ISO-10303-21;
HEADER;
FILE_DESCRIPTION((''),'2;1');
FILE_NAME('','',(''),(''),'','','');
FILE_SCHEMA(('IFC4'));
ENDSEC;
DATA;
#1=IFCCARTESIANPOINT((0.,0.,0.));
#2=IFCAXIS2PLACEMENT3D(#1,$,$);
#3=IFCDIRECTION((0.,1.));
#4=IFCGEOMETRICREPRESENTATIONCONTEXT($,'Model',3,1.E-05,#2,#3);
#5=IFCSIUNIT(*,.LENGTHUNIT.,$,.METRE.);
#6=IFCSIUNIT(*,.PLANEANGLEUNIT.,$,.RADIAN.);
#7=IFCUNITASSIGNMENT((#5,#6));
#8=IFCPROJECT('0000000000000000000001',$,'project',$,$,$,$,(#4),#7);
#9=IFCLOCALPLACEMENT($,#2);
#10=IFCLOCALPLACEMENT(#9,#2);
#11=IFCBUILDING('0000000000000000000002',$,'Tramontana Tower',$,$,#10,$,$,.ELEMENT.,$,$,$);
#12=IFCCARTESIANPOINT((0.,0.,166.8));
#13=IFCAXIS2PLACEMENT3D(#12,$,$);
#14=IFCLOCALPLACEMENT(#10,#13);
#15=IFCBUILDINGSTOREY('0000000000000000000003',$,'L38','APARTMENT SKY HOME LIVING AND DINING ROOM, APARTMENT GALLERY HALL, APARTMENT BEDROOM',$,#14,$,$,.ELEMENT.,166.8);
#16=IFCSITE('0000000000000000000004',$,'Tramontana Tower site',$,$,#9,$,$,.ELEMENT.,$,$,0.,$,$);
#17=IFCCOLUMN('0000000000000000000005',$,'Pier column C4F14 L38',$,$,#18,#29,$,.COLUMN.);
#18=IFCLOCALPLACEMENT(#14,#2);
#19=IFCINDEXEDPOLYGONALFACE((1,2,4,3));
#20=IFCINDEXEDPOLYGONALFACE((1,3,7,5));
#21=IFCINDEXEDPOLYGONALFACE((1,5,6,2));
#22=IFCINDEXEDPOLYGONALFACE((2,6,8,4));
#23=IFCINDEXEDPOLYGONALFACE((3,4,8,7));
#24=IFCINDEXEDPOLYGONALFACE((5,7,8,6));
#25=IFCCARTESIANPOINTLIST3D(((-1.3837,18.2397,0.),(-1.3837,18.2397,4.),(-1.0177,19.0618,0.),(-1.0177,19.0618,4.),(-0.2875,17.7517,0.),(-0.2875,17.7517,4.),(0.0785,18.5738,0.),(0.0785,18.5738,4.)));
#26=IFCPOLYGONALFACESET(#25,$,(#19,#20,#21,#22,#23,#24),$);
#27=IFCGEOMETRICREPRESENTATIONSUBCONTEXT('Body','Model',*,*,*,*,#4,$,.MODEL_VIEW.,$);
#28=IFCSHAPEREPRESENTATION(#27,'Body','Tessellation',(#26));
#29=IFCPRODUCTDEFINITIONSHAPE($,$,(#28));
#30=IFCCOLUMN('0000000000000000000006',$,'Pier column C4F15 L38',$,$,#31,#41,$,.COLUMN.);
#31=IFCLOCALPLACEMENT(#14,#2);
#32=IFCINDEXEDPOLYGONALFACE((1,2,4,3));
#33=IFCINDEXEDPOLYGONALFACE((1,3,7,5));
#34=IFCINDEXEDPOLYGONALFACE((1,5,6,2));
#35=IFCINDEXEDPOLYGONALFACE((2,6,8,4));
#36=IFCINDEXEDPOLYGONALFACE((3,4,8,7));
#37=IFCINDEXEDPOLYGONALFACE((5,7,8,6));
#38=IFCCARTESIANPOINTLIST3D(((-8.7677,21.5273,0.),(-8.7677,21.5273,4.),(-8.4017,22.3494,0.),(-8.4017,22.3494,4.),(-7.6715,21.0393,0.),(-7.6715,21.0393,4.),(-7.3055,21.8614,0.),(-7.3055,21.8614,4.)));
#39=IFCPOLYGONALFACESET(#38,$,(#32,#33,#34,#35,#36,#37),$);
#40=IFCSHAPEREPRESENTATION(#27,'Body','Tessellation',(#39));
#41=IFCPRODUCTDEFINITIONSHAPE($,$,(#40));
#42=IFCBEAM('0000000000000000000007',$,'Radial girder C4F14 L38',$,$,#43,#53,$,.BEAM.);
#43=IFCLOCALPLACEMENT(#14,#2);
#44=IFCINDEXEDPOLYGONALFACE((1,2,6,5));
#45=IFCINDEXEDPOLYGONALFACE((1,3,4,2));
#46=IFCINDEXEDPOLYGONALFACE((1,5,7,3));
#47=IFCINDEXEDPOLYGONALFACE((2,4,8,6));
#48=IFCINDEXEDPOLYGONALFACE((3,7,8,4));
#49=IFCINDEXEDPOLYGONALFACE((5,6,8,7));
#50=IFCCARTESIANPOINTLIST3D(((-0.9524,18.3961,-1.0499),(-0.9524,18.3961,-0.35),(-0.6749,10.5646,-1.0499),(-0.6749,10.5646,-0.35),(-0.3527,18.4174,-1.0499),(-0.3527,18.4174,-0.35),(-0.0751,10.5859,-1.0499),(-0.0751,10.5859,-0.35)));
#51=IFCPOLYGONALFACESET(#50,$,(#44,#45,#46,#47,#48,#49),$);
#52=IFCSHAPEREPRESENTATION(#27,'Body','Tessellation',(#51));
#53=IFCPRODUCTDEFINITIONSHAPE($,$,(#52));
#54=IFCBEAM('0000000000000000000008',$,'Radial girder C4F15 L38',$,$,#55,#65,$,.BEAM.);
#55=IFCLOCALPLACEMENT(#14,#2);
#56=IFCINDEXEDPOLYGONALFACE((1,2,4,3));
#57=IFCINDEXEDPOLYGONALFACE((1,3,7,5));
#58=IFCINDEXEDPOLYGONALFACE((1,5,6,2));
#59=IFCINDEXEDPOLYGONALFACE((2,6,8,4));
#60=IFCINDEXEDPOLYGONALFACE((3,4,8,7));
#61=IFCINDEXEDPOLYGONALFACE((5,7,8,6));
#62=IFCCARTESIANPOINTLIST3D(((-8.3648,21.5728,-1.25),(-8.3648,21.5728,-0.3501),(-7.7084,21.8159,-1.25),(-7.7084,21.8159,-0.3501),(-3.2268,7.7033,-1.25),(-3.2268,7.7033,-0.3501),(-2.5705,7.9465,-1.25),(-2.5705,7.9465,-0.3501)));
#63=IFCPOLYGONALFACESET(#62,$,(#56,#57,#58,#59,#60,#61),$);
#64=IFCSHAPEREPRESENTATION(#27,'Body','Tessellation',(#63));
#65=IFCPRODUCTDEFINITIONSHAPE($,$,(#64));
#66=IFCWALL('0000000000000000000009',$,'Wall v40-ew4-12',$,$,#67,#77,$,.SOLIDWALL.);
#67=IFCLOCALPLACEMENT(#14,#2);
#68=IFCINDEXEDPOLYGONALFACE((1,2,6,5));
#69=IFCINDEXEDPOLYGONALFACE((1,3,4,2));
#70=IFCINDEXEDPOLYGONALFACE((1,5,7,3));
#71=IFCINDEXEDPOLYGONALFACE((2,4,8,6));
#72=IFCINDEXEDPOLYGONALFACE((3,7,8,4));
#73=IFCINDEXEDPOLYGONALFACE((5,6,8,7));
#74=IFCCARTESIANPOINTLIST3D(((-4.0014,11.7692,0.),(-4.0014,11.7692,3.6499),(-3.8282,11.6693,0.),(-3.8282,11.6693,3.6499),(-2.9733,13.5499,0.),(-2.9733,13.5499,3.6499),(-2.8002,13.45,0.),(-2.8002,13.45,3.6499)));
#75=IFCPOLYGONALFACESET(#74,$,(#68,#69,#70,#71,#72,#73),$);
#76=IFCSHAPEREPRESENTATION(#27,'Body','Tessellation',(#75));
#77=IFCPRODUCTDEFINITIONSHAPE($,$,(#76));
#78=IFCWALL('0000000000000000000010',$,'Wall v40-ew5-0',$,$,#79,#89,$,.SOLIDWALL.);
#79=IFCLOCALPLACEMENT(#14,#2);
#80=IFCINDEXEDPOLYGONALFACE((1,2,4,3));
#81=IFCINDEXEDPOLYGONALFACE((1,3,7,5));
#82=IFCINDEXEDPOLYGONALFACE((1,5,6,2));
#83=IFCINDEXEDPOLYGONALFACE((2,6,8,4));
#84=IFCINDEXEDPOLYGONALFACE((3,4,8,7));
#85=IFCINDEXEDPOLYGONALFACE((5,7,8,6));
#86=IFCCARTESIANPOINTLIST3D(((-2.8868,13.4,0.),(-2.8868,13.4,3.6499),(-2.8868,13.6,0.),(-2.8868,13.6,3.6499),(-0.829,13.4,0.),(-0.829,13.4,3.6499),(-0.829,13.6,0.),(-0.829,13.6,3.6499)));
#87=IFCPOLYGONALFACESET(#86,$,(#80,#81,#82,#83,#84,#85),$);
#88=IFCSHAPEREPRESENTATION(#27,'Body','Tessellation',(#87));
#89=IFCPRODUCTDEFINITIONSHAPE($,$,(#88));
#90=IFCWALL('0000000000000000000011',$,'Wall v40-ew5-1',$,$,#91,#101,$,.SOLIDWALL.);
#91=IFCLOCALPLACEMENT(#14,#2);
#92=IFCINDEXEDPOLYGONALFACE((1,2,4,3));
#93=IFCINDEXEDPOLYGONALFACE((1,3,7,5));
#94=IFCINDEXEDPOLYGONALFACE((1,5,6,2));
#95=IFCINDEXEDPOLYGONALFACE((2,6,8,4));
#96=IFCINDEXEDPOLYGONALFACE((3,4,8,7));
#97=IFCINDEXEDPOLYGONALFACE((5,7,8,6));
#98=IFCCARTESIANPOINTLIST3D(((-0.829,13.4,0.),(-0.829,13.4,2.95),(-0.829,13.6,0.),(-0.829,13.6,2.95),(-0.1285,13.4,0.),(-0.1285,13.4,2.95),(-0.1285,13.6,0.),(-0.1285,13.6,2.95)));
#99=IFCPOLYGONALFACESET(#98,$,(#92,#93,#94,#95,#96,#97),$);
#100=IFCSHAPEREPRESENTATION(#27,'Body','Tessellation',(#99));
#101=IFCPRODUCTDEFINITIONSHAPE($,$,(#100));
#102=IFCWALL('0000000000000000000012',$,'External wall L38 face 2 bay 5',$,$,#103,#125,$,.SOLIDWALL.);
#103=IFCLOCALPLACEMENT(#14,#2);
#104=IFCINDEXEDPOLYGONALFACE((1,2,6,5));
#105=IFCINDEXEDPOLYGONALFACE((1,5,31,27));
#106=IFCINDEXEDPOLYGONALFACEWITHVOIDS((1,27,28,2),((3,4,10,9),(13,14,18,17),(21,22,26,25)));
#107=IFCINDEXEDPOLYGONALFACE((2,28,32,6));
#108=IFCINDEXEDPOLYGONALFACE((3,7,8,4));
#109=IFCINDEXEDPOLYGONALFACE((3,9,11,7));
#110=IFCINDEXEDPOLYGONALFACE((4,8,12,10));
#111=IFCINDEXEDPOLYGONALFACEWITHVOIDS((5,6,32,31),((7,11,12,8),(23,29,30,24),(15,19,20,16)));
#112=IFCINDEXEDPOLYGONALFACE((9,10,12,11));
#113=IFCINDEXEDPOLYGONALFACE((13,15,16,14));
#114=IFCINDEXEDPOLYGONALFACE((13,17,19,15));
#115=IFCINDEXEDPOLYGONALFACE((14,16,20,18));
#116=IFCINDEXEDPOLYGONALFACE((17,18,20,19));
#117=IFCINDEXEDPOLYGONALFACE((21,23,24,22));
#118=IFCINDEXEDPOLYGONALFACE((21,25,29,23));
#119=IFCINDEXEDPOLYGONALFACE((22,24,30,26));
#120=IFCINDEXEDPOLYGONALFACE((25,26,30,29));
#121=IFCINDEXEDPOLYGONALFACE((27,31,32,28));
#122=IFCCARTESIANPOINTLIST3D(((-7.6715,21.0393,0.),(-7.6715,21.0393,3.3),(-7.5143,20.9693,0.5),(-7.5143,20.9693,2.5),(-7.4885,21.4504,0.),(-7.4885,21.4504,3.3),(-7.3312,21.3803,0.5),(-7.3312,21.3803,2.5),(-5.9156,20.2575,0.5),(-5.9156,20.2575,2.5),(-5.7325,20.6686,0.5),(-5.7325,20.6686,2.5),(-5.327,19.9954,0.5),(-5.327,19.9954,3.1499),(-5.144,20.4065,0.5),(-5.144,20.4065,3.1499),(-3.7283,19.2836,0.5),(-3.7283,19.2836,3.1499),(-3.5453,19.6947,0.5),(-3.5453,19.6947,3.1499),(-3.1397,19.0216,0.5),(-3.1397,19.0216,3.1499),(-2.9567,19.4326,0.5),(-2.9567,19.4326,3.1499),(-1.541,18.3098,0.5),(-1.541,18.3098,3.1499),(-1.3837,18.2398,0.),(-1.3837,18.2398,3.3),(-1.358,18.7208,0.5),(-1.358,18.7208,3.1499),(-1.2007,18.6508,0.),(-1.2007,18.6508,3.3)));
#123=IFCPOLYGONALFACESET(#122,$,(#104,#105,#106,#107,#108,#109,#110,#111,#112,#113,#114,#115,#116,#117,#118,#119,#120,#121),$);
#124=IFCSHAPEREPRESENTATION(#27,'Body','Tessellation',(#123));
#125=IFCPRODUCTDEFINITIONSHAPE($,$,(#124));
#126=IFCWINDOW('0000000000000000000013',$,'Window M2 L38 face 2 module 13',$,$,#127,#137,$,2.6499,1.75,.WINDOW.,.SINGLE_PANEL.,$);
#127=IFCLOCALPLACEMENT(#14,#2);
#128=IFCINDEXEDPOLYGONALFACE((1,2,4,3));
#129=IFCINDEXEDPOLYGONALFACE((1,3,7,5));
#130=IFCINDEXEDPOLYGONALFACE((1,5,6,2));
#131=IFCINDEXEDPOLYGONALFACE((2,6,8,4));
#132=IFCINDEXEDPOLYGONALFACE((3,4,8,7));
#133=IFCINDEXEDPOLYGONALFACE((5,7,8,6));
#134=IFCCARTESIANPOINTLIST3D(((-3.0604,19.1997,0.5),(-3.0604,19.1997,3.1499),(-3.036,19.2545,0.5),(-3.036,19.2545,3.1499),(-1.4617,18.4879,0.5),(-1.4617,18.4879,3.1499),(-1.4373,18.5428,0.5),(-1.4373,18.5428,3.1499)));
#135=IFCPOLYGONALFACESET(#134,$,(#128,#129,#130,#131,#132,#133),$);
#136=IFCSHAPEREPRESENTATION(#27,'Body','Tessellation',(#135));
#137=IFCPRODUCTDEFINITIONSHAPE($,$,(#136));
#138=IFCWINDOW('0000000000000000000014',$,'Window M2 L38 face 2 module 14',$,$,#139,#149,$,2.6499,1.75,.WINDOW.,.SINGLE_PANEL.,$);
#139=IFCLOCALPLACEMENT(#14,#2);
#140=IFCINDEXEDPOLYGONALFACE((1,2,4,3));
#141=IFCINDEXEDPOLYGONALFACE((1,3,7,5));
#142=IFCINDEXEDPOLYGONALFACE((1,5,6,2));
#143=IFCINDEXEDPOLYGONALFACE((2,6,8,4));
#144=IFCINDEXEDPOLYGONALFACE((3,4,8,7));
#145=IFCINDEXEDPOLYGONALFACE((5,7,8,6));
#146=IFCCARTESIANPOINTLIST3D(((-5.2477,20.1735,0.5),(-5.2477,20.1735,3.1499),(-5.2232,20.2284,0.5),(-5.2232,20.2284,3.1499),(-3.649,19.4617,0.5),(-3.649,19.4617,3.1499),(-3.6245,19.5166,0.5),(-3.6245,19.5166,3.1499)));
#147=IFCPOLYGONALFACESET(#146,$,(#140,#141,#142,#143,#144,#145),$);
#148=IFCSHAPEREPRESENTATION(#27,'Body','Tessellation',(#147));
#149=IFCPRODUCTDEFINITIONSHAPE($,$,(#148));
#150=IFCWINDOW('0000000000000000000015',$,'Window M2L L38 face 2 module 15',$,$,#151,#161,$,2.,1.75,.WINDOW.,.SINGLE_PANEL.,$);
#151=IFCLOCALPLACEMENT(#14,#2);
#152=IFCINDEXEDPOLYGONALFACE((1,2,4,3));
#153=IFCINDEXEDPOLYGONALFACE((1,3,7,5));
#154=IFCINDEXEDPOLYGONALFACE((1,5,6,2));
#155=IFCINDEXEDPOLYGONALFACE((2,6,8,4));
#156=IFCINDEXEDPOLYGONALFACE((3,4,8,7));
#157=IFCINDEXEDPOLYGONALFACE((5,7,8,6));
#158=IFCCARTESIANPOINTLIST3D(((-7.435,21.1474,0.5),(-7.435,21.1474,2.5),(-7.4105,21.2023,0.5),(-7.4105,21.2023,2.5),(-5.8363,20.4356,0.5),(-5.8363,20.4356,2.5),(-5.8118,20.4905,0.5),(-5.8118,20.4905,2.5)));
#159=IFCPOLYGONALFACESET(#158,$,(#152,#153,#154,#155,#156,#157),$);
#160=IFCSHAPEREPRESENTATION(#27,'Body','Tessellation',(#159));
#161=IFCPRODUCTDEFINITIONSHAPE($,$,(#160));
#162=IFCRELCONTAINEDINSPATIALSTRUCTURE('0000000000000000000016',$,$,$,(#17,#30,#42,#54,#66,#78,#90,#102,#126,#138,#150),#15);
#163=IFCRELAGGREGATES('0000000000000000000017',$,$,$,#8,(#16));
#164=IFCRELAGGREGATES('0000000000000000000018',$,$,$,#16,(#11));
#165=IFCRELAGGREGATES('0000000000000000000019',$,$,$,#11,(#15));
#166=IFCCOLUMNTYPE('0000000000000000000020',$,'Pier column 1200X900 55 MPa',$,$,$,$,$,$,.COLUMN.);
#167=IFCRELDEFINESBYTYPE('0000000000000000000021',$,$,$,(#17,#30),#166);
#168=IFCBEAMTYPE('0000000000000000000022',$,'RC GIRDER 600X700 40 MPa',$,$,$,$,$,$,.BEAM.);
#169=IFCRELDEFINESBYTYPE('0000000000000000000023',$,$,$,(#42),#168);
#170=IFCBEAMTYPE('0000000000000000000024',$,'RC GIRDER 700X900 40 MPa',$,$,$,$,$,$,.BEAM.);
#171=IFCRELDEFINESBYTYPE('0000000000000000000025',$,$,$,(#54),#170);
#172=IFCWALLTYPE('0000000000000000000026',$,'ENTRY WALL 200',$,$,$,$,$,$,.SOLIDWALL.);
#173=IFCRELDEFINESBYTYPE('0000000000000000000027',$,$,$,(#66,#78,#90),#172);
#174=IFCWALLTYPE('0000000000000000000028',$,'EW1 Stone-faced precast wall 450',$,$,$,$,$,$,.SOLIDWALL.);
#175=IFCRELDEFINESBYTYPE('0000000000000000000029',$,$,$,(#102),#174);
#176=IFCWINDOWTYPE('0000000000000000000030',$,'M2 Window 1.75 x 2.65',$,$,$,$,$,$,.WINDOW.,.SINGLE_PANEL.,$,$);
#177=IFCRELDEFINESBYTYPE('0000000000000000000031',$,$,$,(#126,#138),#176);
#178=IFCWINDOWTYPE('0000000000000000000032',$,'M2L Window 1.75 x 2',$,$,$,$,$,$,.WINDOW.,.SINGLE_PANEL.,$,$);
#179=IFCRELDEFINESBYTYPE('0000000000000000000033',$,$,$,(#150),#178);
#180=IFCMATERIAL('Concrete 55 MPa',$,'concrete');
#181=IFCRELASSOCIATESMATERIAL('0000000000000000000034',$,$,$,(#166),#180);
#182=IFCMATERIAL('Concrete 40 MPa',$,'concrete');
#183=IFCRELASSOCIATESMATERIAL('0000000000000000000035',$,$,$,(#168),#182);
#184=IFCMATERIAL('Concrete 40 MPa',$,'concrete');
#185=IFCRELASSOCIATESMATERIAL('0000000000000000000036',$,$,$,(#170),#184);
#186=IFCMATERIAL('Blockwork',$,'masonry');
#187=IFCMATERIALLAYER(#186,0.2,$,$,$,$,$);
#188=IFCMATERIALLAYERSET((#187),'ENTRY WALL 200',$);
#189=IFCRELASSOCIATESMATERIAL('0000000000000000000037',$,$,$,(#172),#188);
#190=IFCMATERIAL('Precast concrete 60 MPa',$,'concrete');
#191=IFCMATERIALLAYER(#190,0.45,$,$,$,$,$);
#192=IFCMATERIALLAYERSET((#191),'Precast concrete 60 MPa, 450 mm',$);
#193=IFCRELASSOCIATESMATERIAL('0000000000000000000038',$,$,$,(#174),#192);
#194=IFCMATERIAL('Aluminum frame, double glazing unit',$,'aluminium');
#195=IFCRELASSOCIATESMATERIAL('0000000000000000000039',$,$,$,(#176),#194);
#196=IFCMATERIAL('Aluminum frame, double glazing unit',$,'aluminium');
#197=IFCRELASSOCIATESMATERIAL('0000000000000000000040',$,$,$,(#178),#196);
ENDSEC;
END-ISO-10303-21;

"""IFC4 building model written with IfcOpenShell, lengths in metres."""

from ifc_helpers import new_model, si_unit, direction, frame, frame_2d, origin, origin_2d, place, context, subcontext, project, spatial, rectangle, extrude, material, layer, layer_set, material_profile, profile_set, type_object, element, fill, save


model = new_model("IFC4")

# Units and contexts
model_context = context("Model", 3, precision=1e-05, world=origin(), true_north=direction((0.0, 1.0)))
body_context = subcontext(model_context, "Body", "Model", "MODEL_VIEW")
ifc_project = project(units=[si_unit("LENGTHUNIT", "METRE"), si_unit("PLANEANGLEUNIT", "RADIAN")], contexts=[model_context])

# Site, building, storey
site_placement = place(None, origin())
site = spatial("IfcSite", under=ifc_project, at=site_placement, Name="Tramontana Tower site", CompositionType="ELEMENT", RefElevation=0.0)
building_placement = place(site_placement, origin())
building = spatial("IfcBuilding", under=site, at=building_placement, Name="Tramontana Tower", CompositionType="ELEMENT")
storey_placement = place(building_placement, frame((0.0, 0.0, 166.8)))
storey = spatial("IfcBuildingStorey", under=building, at=storey_placement, Name="L38", Description="APARTMENT SKY HOME LIVING AND DINING ROOM, APARTMENT GALLERY HALL, APARTMENT BEDROOM", CompositionType="ELEMENT", Elevation=166.8)

# Columns
ifc_material_1 = material(Name="Concrete 55 MPa", Category="concrete")
ifc_material_profile_1 = material_profile(ifc_material_1, rectangle(XDim=1.2, YDim=0.8999, at=origin_2d()), Name="Pier column 1200X900 55 MPa")
ifc_profile_set_1 = profile_set([ifc_material_profile_1], Name="Concrete 55 MPa")
column_type = type_object("IfcColumnType", Name="Pier column 1200X900 55 MPa", PredefinedType="COLUMN", material=ifc_profile_set_1)
for number, where, z_axis, x_axis, name in (
    (1, (-0.6526, 18.4067, 0.0), (0.0, 0.0, 1.0), (-0.913545, 0.406737, 0.0), "Pier column C4F14 L38"),
    (2, (-8.0366, 21.6943, 0.0), (0.0, 0.0, 1.0), (-0.913545, 0.406737, 0.0), "Pier column C4F15 L38"),
):
    element("IfcColumn", number, at=place(storey_placement, frame(where, z_axis=z_axis, x_axis=x_axis)), inside=storey, type_object=column_type, Name=name, PredefinedType="COLUMN", context=body_context, shape_type="SweptSolid", body=[
        extrude(rectangle(XDim=1.2, YDim=0.8999, at=origin_2d()), origin(), (0.0, 0.0, 1.0), 4.0),
    ])

# Beams
ifc_material_2 = material(Name="Concrete 40 MPa", Category="concrete")
ifc_material_profile_2 = material_profile(ifc_material_2, rectangle(XDim=0.6001, YDim=0.7, at=origin_2d()), Name="RC GIRDER 600X700 40 MPa")
ifc_profile_set_2 = profile_set([ifc_material_profile_2], Name="Concrete 40 MPa")
beam_type_1 = type_object("IfcBeamType", Name="RC GIRDER 600X700 40 MPa", PredefinedType="BEAM", material=ifc_profile_set_2)
beam_1_placement = place(storey_placement, frame((-0.6526, 18.4067, -0.7), z_axis=(0.035423, -0.999372, 0.0), x_axis=(0.999372, 0.035423, 0.0)))
element("IfcBeam", 3, at=beam_1_placement, inside=storey, type_object=beam_type_1, Name="Radial girder C4F14 L38", PredefinedType="BEAM", context=body_context, shape_type="SweptSolid", body=[
    extrude(rectangle(XDim=0.6001, YDim=0.7, at=origin_2d()), origin(), (0.0, 0.0, 1.0), 7.8364),
])
ifc_material_3 = material(Name="Concrete 40 MPa", Category="concrete")
ifc_material_profile_3 = material_profile(ifc_material_3, rectangle(XDim=0.7, YDim=0.8999, at=origin_2d()), Name="RC GIRDER 700X900 40 MPa")
ifc_profile_set_3 = profile_set([ifc_material_profile_3], Name="Concrete 40 MPa")
beam_type_2 = type_object("IfcBeamType", Name="RC GIRDER 700X900 40 MPa", PredefinedType="BEAM", material=ifc_profile_set_3)
beam_2_placement = place(storey_placement, frame((-8.0366, 21.6943, -0.8), z_axis=(0.347382, -0.937724, 0.0), x_axis=(0.937724, 0.347382, 0.0)))
element("IfcBeam", 4, at=beam_2_placement, inside=storey, type_object=beam_type_2, Name="Radial girder C4F15 L38", PredefinedType="BEAM", context=body_context, shape_type="SweptSolid", body=[
    extrude(rectangle(XDim=0.7, YDim=0.8999, at=origin_2d()), origin(), (0.0, 0.0, 1.0), 14.7905),
])

# Walls
ifc_material_4 = material(Name="Blockwork", Category="masonry")
ifc_layer_1 = layer(ifc_material_4, 0.2)
ifc_layer_set_1 = layer_set([ifc_layer_1], Name="ENTRY WALL 200")
wall_type_1 = type_object("IfcWallType", Name="ENTRY WALL 200", PredefinedType="SOLIDWALL", material=ifc_layer_set_1)
wall_1_placement = place(storey_placement, frame((-3.9148, 11.7192, 0.0), z_axis=(0.0, 0.0, 1.0), x_axis=(0.499983, 0.866035, 0.0)))
element("IfcWall", 5, at=wall_1_placement, inside=storey, type_object=wall_type_1, Name="Wall v40-ew4-12", PredefinedType="SOLIDWALL", context=body_context, shape_type="SweptSolid", body=[
    extrude(rectangle(XDim=2.0562, YDim=0.2, at=frame_2d((1.0281, 0.0))), origin(), (0.0, 0.0, 1.0), 3.6499),
])
wall_2_placement = place(storey_placement, frame((-2.8867, 13.5, 0.0), z_axis=(0.0, 0.0, 1.0), x_axis=(1.0, 0.0, 0.0)))
element("IfcWall", 6, at=wall_2_placement, inside=storey, type_object=wall_type_1, Name="Wall v40-ew5-0", PredefinedType="SOLIDWALL", context=body_context, shape_type="SweptSolid", body=[
    extrude(rectangle(XDim=2.0579, YDim=0.2, at=frame_2d((1.0288, 0.0))), origin(), (0.0, 0.0, 1.0), 3.6499),
])
wall_3_placement = place(storey_placement, frame((-0.8289, 13.5, 0.0), z_axis=(0.0, 0.0, 1.0), x_axis=(1.0, 0.0, 0.0)))
element("IfcWall", 7, at=wall_3_placement, inside=storey, type_object=wall_type_1, Name="Wall v40-ew5-1", PredefinedType="SOLIDWALL", context=body_context, shape_type="SweptSolid", body=[
    extrude(rectangle(XDim=0.7004, YDim=0.2, at=frame_2d((0.3501, 0.0))), origin(), (0.0, 0.0, 1.0), 2.95),
])

# Wall, openings, windows
ifc_material_5 = material(Name="Precast concrete 60 MPa", Category="concrete")
ifc_layer_2 = layer(ifc_material_5, 0.45)
ifc_layer_set_2 = layer_set([ifc_layer_2], Name="Precast concrete 60 MPa, 450 mm")
wall_type_2 = type_object("IfcWallType", Name="EW1 Stone-faced precast wall 450", PredefinedType="SOLIDWALL", material=ifc_layer_set_2)
wall_4_placement = place(storey_placement, frame((-1.2922, 18.4453, 0.0), z_axis=(0.0, 0.0, 1.0), x_axis=(-0.913544, 0.406741, 0.0)))
wall_4 = element("IfcWall", 8, at=wall_4_placement, inside=storey, type_object=wall_type_2, Name="External wall L38 face 2 bay 5", PredefinedType="SOLIDWALL", context=body_context, shape_type="SweptSolid", body=[
    extrude(rectangle(XDim=6.8828, YDim=0.45, at=frame_2d((3.4414, 0.0))), origin(), (0.0, 0.0, 1.0), 3.3),
])
opening_1_placement = place(wall_4_placement, frame((0.1721, 0.0, 0.5)))
opening_1 = element("IfcOpeningElement", 9, at=opening_1_placement, cuts=wall_4, PredefinedType="OPENING", context=body_context, shape_type="SweptSolid", body=[
    extrude(rectangle(XDim=1.75, YDim=2.6499, at=frame_2d((0.875, 1.325))), frame((0.0, 0.2349, 0.0), z_axis=(0.0, -1.0, 0.0), x_axis=(1.0, 0.0, 0.0)), (0.0, 0.0, 1.0), 0.47),
])
opening_2_placement = place(wall_4_placement, frame((2.5664, 0.0, 0.5)))
opening_2 = element("IfcOpeningElement", 10, at=opening_2_placement, cuts=wall_4, PredefinedType="OPENING", context=body_context, shape_type="SweptSolid", body=[
    extrude(rectangle(XDim=1.75, YDim=2.6499, at=frame_2d((0.875, 1.325))), frame((0.0, 0.2349, 0.0), z_axis=(0.0, -1.0, 0.0), x_axis=(1.0, 0.0, 0.0)), (0.0, 0.0, 1.0), 0.47),
])
opening_3_placement = place(wall_4_placement, frame((4.9607, 0.0, 0.5)))
opening_3 = element("IfcOpeningElement", 11, at=opening_3_placement, cuts=wall_4, PredefinedType="OPENING", context=body_context, shape_type="SweptSolid", body=[
    extrude(rectangle(XDim=1.75, YDim=2.0, at=frame_2d((0.875, 1.0))), frame((0.0, 0.2349, 0.0), z_axis=(0.0, -1.0, 0.0), x_axis=(1.0, 0.0, 0.0)), (0.0, 0.0, 1.0), 0.47),
])
ifc_material_6 = material(Name="Aluminum frame, double glazing unit", Category="aluminium")
window_type_1 = type_object("IfcWindowType", Name="M2 Window 1.75 x 2.65", PartitioningType="SINGLE_PANEL", PredefinedType="WINDOW", material=ifc_material_6)
window_1_placement = place(opening_1_placement, origin())
window_1 = element("IfcWindow", 12, at=window_1_placement, inside=storey, type_object=window_type_1, Name="Window M2 L38 face 2 module 13", OverallHeight=2.6499, OverallWidth=1.75, PartitioningType="SINGLE_PANEL", PredefinedType="WINDOW", context=body_context, shape_type="SweptSolid", body=[
    extrude(rectangle(XDim=1.75, YDim=2.6499, at=frame_2d((0.875, 1.325))), frame((0.0, 0.03, 0.0), z_axis=(0.0, -1.0, 0.0), x_axis=(1.0, 0.0, 0.0)), (0.0, 0.0, 1.0), 0.0601),
])
fill(opening_1, window_1)
window_2_placement = place(opening_2_placement, origin())
window_2 = element("IfcWindow", 13, at=window_2_placement, inside=storey, type_object=window_type_1, Name="Window M2 L38 face 2 module 14", OverallHeight=2.6499, OverallWidth=1.75, PartitioningType="SINGLE_PANEL", PredefinedType="WINDOW", context=body_context, shape_type="SweptSolid", body=[
    extrude(rectangle(XDim=1.75, YDim=2.6499, at=frame_2d((0.875, 1.325))), frame((0.0, 0.03, 0.0), z_axis=(0.0, -1.0, 0.0), x_axis=(1.0, 0.0, 0.0)), (0.0, 0.0, 1.0), 0.0601),
])
fill(opening_2, window_2)
ifc_material_7 = material(Name="Aluminum frame, double glazing unit", Category="aluminium")
window_type_2 = type_object("IfcWindowType", Name="M2L Window 1.75 x 2", PartitioningType="SINGLE_PANEL", PredefinedType="WINDOW", material=ifc_material_7)
window_3_placement = place(opening_3_placement, origin())
window_3 = element("IfcWindow", 14, at=window_3_placement, inside=storey, type_object=window_type_2, Name="Window M2L L38 face 2 module 15", OverallHeight=2.0, OverallWidth=1.75, PartitioningType="SINGLE_PANEL", PredefinedType="WINDOW", context=body_context, shape_type="SweptSolid", body=[
    extrude(rectangle(XDim=1.75, YDim=2.0, at=frame_2d((0.875, 1.0))), frame((0.0, 0.03, 0.0), z_axis=(0.0, -1.0, 0.0), x_axis=(1.0, 0.0, 0.0)), (0.0, 0.0, 1.0), 0.0601),
])
fill(opening_3, window_3)

save(model, "model.ifc")
